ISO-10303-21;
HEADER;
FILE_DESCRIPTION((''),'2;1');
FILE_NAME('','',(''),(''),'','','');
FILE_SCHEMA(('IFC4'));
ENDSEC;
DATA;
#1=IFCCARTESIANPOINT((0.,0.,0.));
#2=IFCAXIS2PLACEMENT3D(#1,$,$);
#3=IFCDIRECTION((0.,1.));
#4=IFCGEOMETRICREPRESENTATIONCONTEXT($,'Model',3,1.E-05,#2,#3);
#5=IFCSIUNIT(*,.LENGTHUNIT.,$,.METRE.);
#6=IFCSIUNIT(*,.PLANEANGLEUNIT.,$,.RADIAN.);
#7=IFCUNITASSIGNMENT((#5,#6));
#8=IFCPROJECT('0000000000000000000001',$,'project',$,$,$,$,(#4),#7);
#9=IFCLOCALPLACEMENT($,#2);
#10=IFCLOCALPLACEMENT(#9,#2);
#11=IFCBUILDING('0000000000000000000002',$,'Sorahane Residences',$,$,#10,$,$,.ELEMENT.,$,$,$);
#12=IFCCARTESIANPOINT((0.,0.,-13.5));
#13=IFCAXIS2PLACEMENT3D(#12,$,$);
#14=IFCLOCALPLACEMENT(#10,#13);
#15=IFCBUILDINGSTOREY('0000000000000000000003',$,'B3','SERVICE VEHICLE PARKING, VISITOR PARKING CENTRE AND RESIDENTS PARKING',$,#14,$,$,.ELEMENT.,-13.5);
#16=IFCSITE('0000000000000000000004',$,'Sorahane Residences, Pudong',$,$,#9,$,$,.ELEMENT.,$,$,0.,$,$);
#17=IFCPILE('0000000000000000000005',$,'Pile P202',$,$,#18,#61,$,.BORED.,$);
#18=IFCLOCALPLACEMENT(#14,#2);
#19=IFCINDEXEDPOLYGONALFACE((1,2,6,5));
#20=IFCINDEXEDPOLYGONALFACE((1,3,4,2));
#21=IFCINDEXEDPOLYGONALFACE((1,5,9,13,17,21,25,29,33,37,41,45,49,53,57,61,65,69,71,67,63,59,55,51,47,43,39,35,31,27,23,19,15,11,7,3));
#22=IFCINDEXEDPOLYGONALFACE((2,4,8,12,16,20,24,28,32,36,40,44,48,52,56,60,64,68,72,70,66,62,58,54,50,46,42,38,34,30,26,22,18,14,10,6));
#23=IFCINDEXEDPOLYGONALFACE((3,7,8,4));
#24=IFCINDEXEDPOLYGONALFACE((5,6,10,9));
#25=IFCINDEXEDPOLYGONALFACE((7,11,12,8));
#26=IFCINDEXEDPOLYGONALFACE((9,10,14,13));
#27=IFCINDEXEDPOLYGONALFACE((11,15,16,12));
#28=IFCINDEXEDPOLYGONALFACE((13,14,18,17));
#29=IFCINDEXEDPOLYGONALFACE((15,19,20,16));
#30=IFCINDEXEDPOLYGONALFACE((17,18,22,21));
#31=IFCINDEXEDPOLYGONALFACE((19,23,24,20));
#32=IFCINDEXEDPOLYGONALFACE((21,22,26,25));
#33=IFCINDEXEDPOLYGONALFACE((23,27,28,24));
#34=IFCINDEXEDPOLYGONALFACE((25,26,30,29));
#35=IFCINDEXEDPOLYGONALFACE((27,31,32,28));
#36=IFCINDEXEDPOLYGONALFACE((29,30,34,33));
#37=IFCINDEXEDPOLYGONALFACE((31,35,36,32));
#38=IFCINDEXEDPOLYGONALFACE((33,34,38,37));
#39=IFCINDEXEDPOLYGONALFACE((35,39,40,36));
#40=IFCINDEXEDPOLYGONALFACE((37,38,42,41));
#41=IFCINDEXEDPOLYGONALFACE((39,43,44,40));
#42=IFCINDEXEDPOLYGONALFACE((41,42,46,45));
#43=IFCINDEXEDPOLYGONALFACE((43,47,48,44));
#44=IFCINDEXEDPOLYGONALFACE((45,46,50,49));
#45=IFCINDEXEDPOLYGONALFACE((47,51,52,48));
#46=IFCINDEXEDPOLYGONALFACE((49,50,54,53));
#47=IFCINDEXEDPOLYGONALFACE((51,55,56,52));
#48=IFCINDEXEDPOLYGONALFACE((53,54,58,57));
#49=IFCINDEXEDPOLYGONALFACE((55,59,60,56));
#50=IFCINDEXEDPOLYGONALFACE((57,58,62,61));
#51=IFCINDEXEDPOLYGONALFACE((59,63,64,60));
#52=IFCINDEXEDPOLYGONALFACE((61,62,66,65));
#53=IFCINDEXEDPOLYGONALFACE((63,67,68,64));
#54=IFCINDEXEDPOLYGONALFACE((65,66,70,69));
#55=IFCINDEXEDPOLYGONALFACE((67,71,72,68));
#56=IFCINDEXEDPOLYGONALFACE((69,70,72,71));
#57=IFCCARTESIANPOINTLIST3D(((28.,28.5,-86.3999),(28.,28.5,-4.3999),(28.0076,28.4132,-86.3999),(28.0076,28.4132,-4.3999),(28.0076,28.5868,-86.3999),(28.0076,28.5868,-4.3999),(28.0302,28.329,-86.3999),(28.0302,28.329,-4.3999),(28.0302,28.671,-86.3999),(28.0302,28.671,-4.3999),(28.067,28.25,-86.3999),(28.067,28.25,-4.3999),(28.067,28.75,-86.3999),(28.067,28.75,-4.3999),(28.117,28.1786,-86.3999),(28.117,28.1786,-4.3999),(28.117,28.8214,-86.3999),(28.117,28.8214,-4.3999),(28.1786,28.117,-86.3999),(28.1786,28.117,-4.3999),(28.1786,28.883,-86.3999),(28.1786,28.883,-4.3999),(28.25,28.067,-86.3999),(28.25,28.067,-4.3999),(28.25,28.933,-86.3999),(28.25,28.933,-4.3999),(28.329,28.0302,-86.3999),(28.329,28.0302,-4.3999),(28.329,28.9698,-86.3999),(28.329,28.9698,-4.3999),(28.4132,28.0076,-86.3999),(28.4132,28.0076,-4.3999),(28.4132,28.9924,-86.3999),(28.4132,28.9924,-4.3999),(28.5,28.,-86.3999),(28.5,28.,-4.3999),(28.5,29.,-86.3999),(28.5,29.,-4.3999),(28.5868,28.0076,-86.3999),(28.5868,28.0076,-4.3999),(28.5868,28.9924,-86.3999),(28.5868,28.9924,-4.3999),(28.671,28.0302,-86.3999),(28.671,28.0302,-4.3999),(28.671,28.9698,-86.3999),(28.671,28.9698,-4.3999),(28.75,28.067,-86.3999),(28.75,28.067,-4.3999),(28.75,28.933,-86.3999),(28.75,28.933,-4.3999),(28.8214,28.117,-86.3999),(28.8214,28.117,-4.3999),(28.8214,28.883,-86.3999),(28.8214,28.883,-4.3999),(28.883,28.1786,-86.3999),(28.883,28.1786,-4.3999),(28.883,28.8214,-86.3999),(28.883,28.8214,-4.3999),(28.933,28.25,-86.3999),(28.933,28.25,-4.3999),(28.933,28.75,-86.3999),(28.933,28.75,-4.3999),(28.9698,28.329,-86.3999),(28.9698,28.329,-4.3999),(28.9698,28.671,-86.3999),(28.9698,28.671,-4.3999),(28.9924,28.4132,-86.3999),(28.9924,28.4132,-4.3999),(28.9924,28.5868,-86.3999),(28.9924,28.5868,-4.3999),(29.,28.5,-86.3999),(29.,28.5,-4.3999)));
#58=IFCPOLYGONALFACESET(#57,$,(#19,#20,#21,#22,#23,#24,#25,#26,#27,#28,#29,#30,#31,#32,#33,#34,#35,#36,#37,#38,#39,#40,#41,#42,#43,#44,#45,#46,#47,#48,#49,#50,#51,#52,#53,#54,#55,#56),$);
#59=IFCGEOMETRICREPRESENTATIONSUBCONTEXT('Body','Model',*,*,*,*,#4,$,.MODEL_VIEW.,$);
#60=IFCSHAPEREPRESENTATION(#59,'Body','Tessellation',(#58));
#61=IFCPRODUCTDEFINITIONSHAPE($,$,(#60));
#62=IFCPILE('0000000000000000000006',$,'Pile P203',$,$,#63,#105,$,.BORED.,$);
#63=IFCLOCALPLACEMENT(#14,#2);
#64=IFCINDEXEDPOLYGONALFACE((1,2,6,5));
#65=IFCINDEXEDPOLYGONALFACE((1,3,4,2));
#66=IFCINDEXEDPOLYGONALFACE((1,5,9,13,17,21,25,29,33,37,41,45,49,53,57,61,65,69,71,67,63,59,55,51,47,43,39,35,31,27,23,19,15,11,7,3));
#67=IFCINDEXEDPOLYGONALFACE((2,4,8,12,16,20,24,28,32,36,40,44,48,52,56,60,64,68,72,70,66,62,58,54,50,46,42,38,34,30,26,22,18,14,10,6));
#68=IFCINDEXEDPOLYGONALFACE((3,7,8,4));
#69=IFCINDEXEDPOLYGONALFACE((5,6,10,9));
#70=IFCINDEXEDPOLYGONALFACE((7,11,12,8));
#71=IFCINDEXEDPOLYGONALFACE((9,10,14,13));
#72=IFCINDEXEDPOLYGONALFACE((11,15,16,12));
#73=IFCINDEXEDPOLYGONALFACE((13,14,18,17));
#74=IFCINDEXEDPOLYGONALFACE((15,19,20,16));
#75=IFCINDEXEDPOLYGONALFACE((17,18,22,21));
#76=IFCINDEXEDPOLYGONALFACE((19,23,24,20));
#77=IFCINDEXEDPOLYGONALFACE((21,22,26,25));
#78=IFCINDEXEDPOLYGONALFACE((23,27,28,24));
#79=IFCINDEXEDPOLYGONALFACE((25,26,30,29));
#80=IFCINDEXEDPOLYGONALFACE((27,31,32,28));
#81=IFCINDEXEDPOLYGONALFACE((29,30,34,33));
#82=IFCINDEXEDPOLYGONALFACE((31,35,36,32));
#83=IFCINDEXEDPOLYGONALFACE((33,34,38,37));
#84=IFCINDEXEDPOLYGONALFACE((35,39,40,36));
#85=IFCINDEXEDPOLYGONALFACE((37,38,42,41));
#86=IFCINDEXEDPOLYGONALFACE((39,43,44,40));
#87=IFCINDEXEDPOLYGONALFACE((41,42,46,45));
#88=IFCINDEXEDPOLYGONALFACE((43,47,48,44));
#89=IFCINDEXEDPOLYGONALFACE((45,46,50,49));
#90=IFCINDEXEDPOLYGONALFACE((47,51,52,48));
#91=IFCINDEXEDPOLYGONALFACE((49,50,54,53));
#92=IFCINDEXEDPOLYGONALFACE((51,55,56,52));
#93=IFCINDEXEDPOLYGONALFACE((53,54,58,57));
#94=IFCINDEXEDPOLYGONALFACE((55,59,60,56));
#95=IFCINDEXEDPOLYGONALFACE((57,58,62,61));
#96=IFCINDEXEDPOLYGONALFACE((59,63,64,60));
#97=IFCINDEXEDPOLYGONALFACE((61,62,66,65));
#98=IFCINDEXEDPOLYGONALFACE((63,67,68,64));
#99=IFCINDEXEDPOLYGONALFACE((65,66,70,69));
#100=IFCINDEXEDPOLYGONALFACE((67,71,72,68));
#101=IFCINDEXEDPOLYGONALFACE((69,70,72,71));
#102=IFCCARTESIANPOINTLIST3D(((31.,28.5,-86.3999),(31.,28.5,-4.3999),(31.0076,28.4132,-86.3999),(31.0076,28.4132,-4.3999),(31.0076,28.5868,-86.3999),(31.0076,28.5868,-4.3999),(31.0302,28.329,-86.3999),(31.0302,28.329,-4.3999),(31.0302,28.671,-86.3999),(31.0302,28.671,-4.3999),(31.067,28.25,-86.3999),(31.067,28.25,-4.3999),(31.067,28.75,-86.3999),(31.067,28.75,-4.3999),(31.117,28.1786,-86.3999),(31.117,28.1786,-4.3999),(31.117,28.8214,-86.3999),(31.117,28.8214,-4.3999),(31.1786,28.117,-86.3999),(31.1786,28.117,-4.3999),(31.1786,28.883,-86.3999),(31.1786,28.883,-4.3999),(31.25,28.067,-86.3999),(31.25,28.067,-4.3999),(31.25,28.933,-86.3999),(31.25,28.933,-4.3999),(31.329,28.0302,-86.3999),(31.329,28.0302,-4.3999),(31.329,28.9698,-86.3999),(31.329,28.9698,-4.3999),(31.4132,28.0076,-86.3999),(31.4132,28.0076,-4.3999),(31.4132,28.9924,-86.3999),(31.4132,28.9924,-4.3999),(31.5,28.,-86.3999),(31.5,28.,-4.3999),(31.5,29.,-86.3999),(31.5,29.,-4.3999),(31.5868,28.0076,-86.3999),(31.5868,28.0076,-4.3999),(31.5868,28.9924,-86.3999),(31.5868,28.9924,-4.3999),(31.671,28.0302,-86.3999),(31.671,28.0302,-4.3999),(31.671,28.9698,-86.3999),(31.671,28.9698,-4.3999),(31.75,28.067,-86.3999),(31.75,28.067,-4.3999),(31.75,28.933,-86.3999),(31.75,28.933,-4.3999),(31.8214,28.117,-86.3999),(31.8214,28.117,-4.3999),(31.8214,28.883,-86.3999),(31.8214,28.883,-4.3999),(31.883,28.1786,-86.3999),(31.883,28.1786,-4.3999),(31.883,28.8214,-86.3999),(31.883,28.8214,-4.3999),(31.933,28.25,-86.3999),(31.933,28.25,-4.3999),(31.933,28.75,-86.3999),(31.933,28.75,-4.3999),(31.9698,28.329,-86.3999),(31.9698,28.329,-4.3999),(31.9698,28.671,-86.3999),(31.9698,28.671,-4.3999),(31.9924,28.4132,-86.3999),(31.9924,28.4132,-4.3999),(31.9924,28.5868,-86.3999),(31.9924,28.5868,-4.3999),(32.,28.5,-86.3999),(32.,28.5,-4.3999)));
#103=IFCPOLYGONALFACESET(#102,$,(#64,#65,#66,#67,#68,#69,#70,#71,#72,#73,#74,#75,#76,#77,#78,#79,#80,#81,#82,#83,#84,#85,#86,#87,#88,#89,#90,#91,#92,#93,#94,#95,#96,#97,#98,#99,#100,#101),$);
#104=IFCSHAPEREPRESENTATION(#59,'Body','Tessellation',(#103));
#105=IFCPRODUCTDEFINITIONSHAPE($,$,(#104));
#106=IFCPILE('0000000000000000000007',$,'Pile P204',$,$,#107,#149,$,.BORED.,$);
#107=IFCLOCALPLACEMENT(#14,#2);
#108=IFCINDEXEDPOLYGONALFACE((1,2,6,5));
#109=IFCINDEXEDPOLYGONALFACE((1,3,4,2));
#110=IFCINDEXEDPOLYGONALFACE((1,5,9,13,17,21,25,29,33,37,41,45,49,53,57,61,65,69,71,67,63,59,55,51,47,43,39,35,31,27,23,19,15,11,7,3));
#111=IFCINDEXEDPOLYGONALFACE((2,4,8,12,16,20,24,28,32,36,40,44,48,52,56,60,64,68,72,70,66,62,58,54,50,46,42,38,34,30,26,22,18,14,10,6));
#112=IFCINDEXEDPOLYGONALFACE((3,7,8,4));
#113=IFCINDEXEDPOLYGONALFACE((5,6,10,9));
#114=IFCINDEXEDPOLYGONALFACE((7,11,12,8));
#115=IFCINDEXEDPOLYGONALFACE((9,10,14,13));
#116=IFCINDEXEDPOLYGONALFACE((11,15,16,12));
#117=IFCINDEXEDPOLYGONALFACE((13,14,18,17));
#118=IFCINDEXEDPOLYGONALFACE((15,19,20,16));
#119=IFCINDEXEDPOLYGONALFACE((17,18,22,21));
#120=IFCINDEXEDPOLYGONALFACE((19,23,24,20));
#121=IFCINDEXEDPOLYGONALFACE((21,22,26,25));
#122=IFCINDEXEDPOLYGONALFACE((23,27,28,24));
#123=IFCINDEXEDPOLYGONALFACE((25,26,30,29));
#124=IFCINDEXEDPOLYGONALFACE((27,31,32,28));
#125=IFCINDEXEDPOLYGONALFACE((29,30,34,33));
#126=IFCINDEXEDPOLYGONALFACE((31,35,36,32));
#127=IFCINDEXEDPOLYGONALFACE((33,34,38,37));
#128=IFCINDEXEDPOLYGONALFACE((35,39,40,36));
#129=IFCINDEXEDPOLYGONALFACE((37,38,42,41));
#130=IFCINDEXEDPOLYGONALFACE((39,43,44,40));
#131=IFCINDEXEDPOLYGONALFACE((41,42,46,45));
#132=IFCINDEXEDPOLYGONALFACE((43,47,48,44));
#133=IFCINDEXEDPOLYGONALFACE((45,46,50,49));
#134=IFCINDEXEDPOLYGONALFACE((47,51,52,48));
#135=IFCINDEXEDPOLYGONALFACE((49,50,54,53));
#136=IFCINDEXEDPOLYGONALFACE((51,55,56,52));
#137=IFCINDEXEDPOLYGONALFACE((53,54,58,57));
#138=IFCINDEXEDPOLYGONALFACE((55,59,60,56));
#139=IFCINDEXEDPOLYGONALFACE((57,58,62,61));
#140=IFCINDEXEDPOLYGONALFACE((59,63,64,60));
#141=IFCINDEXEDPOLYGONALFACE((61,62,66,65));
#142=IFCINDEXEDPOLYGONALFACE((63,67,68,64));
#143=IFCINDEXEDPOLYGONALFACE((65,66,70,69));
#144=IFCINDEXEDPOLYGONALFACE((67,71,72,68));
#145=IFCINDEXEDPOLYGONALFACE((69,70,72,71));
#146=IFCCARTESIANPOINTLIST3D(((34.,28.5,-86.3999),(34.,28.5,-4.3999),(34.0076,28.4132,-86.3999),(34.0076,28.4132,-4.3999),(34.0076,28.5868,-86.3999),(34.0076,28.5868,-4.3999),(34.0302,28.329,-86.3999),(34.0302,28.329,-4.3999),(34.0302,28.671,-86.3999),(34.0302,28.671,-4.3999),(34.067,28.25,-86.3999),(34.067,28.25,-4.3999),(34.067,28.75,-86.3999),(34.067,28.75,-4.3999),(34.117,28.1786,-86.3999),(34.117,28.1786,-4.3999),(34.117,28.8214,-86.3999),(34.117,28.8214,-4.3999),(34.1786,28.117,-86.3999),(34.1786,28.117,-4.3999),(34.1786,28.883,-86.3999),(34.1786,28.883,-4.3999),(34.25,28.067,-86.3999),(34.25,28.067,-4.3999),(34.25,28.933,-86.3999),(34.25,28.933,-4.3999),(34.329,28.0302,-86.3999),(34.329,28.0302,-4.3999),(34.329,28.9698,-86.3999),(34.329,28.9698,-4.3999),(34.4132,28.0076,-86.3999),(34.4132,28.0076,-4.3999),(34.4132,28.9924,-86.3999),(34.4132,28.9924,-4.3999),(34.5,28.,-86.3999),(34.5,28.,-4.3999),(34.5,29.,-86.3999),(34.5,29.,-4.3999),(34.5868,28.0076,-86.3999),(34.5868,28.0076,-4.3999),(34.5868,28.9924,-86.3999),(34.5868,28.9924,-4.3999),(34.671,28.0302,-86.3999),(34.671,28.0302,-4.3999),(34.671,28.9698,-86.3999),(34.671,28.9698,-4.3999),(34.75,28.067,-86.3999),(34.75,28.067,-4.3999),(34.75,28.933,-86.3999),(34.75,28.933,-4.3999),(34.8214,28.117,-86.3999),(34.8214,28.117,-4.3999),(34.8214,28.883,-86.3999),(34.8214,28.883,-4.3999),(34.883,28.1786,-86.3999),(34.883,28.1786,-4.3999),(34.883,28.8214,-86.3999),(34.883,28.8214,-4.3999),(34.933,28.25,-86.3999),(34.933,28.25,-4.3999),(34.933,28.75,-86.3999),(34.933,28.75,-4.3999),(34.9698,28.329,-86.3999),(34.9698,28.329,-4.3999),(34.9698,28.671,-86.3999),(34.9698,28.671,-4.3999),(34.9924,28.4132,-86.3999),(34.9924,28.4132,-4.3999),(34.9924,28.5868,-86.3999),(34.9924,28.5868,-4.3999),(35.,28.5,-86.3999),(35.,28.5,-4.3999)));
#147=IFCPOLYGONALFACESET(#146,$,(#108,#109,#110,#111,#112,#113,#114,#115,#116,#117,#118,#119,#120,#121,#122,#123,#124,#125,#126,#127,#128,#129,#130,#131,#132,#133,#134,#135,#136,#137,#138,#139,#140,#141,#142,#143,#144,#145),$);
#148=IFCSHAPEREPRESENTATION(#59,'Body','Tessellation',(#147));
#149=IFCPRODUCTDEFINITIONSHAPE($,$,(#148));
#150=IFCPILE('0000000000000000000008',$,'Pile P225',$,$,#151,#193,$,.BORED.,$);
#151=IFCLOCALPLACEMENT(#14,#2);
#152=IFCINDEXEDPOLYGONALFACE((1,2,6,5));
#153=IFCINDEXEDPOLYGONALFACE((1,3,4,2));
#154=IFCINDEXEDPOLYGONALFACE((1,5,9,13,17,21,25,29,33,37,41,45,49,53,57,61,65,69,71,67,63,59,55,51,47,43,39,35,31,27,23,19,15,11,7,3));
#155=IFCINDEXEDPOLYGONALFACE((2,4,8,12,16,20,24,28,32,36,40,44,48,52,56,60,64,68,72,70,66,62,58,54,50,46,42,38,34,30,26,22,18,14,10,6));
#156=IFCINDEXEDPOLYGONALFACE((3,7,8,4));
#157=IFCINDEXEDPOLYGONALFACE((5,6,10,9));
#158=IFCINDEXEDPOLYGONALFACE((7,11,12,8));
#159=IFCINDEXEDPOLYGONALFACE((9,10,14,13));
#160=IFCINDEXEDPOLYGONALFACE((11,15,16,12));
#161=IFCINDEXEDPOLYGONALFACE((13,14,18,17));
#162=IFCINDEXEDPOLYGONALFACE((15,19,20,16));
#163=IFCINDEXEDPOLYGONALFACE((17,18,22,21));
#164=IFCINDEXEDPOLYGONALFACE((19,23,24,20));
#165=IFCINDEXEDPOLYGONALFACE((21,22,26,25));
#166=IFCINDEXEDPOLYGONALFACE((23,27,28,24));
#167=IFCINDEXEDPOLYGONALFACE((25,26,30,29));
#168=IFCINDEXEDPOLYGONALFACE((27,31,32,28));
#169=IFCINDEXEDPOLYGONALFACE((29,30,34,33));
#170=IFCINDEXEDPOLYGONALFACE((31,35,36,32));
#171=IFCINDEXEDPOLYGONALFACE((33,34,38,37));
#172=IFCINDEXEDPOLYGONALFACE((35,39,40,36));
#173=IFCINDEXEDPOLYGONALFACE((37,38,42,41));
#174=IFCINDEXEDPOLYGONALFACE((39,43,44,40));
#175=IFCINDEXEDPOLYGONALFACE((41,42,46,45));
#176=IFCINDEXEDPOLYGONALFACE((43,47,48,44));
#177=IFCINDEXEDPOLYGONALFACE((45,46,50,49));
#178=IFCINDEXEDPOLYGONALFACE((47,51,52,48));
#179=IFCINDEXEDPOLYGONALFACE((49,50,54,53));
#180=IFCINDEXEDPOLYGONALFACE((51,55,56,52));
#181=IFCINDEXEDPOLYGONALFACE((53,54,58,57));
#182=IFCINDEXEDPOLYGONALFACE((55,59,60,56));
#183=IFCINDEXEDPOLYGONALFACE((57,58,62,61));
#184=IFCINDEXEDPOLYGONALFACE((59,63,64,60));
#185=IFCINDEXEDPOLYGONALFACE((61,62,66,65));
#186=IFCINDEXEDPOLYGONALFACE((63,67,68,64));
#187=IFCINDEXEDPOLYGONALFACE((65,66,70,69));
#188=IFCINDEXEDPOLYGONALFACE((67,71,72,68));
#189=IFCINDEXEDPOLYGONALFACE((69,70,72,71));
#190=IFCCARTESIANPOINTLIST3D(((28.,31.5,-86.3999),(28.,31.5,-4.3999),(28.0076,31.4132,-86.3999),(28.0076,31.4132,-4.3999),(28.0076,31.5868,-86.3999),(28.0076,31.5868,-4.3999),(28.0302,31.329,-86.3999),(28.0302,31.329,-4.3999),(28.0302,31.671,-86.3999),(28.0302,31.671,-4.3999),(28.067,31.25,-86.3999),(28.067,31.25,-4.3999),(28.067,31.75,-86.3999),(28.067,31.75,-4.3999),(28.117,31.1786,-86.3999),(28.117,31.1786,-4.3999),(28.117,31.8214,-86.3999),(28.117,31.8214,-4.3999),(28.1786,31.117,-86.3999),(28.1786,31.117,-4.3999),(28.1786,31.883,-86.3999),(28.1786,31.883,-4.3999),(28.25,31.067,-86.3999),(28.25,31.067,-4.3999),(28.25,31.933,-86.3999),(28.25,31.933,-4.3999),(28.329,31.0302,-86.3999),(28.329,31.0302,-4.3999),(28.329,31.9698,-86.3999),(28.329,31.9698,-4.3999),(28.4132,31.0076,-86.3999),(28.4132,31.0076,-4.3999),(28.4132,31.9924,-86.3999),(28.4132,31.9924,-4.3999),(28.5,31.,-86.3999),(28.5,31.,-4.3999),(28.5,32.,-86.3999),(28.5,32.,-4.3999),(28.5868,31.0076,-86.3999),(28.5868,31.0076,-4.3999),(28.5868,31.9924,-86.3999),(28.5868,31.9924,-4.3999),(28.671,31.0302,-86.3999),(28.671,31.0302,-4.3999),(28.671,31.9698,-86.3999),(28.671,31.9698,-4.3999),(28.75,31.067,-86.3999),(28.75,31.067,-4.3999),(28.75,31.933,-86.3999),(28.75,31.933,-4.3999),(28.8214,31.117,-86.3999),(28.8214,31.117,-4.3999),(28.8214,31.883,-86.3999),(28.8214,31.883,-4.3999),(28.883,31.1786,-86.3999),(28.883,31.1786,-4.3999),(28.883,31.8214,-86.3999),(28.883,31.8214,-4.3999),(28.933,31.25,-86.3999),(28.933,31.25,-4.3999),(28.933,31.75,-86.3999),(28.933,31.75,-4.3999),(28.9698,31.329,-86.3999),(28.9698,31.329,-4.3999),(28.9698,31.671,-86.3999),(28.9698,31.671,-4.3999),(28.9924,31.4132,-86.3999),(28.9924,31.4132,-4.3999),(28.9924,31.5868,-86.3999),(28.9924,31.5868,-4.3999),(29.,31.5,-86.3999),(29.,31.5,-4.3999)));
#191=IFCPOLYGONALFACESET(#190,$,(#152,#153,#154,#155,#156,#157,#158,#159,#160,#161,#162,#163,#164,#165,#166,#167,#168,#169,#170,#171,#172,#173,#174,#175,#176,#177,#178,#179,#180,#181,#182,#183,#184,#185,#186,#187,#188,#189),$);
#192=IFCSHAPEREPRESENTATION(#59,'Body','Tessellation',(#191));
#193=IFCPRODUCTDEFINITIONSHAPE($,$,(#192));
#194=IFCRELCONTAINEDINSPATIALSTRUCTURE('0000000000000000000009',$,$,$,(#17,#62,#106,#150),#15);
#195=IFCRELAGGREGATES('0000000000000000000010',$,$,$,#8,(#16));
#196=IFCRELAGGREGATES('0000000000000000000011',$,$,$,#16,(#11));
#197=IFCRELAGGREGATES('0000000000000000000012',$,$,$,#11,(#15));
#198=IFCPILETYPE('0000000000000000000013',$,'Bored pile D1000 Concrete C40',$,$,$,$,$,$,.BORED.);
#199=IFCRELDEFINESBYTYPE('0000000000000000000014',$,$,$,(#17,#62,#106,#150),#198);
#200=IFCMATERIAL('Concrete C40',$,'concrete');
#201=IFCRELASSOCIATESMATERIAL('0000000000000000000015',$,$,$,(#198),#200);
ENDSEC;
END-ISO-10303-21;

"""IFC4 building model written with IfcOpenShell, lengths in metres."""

from ifc_helpers import new_model, si_unit, direction, frame, origin, origin_2d, place, context, subcontext, project, spatial, circle, extrude, material, material_profile, profile_set, type_object, element, save


model = new_model("IFC4")

# Units and contexts
model_context = context("Model", 3, precision=1e-05, world=origin(), true_north=direction((0.0, 1.0)))
body_context = subcontext(model_context, "Body", "Model", "MODEL_VIEW")
ifc_project = project(units=[si_unit("LENGTHUNIT", "METRE"), si_unit("PLANEANGLEUNIT", "RADIAN")], contexts=[model_context])

# Site, building, storey
site_placement = place(None, origin())
site = spatial("IfcSite", under=ifc_project, at=site_placement, Name="Sorahane Residences, Pudong", CompositionType="ELEMENT", RefElevation=0.0)
building_placement = place(site_placement, origin())
building = spatial("IfcBuilding", under=site, at=building_placement, Name="Sorahane Residences", CompositionType="ELEMENT")
storey_placement = place(building_placement, frame((0.0, 0.0, -13.5)))
storey = spatial("IfcBuildingStorey", under=building, at=storey_placement, Name="B3", Description="SERVICE VEHICLE PARKING, VISITOR PARKING CENTRE AND RESIDENTS PARKING", CompositionType="ELEMENT", Elevation=-13.5)

# Piles
ifc_material_1 = material(Name="Concrete C40", Category="concrete")
ifc_material_profile_1 = material_profile(ifc_material_1, circle(Radius=0.5, at=origin_2d()), Name="D1000")
ifc_profile_set_1 = profile_set([ifc_material_profile_1], Name="Concrete C40")
pile_type = type_object("IfcPileType", Name="Bored pile D1000 Concrete C40", PredefinedType="BORED", material=ifc_profile_set_1)
for number, where, z_axis, x_axis, name in (
    (1, (28.5, 28.5, -4.3999), (0.0, 0.0, -1.0), (1.0, 0.0, 0.0), "Pile P202"),
    (2, (31.5, 28.5, -4.3999), (0.0, 0.0, -1.0), (1.0, 0.0, 0.0), "Pile P203"),
    (3, (34.5, 28.5, -4.3999), (0.0, 0.0, -1.0), (1.0, 0.0, 0.0), "Pile P204"),
    (4, (28.5, 31.5, -4.3999), (0.0, 0.0, -1.0), (1.0, 0.0, 0.0), "Pile P225"),
):
    element("IfcPile", number, at=place(storey_placement, frame(where, z_axis=z_axis, x_axis=x_axis)), inside=storey, type_object=pile_type, Name=name, PredefinedType="BORED", context=body_context, shape_type="SweptSolid", body=[
        extrude(circle(Radius=0.5, at=origin_2d()), origin(), (0.0, 0.0, 1.0), 82.0),
    ])

save(model, "model.ifc")
